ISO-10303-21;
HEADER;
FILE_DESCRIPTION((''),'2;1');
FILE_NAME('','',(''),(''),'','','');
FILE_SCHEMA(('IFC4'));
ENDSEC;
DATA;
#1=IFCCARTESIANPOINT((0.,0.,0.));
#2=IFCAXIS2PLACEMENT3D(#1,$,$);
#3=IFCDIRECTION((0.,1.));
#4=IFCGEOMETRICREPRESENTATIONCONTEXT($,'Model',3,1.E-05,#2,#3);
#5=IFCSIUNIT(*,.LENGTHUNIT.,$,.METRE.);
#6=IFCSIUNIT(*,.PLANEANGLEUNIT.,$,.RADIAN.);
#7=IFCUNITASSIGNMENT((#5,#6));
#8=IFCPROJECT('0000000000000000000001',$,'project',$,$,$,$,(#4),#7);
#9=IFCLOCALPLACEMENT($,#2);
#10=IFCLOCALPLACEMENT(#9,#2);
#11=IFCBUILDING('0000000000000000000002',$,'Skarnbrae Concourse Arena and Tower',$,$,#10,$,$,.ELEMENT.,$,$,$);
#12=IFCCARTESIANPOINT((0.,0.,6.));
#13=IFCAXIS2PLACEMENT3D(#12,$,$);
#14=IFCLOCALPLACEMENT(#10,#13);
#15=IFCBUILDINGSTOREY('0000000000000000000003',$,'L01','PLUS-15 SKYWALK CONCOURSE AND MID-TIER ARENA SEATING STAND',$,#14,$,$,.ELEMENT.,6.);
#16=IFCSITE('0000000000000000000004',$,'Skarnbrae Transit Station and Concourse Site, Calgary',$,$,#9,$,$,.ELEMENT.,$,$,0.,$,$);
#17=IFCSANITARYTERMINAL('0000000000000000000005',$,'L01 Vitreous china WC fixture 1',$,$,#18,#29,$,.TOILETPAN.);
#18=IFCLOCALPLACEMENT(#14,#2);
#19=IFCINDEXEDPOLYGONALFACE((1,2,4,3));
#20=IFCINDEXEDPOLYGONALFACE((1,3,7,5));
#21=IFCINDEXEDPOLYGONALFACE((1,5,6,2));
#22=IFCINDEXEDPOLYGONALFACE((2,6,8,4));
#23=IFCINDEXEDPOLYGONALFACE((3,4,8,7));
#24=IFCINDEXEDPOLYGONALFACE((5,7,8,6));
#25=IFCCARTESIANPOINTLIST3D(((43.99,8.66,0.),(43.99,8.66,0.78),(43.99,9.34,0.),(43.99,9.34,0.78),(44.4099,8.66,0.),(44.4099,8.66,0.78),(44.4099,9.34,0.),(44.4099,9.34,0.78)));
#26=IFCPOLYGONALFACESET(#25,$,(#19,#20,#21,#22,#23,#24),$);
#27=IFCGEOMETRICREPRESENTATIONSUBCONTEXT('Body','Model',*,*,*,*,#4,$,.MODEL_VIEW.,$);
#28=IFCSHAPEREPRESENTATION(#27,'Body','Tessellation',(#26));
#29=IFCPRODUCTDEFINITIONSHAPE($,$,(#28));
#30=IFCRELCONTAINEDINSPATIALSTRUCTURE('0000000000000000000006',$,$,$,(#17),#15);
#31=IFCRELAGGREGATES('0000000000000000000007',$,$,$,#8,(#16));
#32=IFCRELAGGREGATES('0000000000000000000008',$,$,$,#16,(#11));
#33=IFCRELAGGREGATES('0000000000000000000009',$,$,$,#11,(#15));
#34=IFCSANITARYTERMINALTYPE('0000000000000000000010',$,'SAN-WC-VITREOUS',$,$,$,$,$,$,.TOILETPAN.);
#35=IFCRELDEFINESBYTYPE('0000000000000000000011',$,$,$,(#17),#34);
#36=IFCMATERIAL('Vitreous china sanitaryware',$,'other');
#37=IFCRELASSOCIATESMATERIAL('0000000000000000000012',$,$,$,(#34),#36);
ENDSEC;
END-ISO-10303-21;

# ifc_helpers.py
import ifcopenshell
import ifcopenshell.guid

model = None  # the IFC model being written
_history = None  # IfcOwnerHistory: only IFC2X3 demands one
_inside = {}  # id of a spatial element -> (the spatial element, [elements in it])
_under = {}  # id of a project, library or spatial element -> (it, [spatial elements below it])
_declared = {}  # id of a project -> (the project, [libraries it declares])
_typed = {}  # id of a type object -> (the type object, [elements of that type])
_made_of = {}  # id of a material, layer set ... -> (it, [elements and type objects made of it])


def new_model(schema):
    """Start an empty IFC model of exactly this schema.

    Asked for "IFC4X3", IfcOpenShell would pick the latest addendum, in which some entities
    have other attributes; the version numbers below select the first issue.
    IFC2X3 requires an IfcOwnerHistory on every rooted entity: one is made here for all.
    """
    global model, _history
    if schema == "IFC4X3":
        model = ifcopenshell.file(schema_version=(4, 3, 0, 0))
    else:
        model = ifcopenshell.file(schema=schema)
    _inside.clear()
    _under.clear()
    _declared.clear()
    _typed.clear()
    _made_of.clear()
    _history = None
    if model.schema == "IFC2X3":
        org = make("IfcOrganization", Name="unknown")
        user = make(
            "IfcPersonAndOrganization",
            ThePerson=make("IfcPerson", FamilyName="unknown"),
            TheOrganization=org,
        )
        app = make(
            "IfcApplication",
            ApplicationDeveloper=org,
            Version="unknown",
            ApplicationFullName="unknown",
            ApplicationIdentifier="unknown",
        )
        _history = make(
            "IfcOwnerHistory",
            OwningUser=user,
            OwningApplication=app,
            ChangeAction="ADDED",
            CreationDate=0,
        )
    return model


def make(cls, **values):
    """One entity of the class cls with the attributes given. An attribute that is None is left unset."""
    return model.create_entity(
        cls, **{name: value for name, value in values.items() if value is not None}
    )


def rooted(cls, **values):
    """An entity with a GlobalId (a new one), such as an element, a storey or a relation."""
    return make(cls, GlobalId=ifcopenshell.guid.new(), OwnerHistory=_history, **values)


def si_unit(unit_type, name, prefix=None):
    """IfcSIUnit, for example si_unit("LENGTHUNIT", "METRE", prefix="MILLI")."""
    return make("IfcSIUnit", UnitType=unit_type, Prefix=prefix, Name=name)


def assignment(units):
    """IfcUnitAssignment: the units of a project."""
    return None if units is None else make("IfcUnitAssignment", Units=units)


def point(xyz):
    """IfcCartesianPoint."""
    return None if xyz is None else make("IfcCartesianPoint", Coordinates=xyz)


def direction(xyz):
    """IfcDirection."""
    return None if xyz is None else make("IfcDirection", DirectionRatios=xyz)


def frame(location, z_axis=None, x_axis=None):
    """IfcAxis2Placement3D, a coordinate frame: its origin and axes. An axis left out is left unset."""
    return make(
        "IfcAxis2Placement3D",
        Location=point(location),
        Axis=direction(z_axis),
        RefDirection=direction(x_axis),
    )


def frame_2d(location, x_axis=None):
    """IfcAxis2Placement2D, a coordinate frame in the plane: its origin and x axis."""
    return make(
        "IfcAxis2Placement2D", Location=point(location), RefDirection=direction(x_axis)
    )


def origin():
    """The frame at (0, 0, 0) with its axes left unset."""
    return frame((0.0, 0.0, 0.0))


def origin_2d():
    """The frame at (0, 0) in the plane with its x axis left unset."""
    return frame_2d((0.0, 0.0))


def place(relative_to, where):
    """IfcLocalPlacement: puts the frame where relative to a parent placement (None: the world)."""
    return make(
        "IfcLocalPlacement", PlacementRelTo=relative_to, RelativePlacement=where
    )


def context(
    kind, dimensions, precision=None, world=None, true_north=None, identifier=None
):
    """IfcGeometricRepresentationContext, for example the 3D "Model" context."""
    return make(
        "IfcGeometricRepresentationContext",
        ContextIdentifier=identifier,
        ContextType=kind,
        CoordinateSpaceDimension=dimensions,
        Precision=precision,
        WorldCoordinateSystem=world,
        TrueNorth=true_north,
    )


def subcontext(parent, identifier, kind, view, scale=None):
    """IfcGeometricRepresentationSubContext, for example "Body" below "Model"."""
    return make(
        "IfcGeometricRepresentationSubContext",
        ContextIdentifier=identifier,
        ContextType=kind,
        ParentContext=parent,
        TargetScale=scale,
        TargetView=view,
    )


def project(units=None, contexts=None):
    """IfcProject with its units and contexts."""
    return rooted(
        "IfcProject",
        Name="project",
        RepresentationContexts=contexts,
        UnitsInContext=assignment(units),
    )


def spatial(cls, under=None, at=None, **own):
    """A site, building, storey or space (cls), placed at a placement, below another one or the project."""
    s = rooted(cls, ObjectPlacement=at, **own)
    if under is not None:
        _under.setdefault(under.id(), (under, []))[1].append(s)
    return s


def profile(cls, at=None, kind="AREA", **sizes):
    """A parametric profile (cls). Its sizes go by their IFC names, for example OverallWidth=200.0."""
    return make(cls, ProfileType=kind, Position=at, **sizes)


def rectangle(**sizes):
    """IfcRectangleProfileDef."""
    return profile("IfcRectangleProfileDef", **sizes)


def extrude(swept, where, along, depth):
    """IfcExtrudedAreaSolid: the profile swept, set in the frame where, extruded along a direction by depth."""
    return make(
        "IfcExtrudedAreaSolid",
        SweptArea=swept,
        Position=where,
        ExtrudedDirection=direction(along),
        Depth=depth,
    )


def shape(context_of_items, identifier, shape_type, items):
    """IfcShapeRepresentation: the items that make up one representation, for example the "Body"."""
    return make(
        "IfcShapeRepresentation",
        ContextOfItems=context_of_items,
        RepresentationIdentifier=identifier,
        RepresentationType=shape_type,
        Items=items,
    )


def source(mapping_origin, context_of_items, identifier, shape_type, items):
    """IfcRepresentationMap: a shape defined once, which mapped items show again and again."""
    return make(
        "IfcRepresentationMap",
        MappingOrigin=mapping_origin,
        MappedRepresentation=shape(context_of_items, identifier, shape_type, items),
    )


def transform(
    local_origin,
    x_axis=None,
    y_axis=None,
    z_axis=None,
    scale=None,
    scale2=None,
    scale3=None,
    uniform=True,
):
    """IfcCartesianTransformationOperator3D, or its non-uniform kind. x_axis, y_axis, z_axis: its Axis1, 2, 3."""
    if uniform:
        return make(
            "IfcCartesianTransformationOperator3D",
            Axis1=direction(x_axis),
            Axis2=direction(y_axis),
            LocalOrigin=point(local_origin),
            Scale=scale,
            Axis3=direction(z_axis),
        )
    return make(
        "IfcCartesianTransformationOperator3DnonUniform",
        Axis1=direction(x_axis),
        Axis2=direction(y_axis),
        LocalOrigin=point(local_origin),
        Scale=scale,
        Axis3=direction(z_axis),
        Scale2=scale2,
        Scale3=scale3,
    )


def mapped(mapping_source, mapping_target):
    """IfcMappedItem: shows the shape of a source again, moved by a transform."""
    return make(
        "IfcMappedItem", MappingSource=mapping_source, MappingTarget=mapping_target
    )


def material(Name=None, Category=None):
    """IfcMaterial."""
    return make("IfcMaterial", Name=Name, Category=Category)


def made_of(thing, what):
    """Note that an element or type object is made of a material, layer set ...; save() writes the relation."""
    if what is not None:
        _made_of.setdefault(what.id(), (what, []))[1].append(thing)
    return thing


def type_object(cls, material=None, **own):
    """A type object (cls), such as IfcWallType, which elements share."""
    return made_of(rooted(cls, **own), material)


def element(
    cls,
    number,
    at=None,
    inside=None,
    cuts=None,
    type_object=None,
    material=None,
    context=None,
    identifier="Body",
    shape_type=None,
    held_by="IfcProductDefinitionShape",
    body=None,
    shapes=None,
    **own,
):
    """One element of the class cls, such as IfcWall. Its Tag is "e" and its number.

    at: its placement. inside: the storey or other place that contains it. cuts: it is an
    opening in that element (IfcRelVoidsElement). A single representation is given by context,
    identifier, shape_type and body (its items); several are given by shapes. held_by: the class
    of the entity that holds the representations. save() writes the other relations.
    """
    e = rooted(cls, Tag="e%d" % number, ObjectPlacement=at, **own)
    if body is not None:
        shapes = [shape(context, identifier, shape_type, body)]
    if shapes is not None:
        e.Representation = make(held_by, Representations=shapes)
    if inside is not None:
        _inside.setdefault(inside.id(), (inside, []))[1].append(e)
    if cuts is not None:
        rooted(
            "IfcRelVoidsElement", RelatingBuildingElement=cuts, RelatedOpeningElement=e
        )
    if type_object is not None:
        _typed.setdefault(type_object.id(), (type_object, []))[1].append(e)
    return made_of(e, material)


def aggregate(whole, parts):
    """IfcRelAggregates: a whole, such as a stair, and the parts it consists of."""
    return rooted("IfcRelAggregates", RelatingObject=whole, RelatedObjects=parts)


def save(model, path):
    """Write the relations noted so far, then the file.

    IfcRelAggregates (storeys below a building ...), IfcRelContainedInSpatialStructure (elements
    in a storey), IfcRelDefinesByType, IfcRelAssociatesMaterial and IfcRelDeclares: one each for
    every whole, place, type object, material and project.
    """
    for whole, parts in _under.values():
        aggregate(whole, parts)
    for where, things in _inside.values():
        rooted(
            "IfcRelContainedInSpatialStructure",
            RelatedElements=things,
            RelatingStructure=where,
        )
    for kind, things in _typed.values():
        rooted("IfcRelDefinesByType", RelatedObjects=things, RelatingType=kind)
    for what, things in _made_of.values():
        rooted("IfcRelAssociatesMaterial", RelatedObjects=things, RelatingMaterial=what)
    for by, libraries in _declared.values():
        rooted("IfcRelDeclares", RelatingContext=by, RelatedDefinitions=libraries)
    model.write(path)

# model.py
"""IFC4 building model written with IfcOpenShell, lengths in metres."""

from ifc_helpers import new_model, si_unit, direction, frame, origin, origin_2d, place, context, subcontext, project, spatial, rectangle, extrude, source, transform, mapped, material, type_object, element, save


model = new_model("IFC4")

# Units and contexts
model_context = context("Model", 3, precision=1e-05, world=origin(), true_north=direction((0.0, 1.0)))
body_context = subcontext(model_context, "Body", "Model", "MODEL_VIEW")
ifc_project = project(units=[si_unit("LENGTHUNIT", "METRE"), si_unit("PLANEANGLEUNIT", "RADIAN")], contexts=[model_context])

# Site, building, storey
site_placement = place(None, origin())
site = spatial("IfcSite", under=ifc_project, at=site_placement, Name="Skarnbrae Transit Station and Concourse Site, Calgary", CompositionType="ELEMENT", RefElevation=0.0)
building_placement = place(site_placement, origin())
building = spatial("IfcBuilding", under=site, at=building_placement, Name="Skarnbrae Concourse Arena and Tower", CompositionType="ELEMENT")
storey_placement = place(building_placement, frame((0.0, 0.0, 6.0)))
storey = spatial("IfcBuildingStorey", under=building, at=storey_placement, Name="L01", Description="PLUS-15 SKYWALK CONCOURSE AND MID-TIER ARENA SEATING STAND", CompositionType="ELEMENT", Elevation=6.0)

# Sanitary terminal
ifc_material_1 = material(Name="Vitreous china sanitaryware", Category="other")
sanitary_terminal_type = type_object("IfcSanitaryTerminalType", Name="SAN-WC-VITREOUS", PredefinedType="TOILETPAN", material=ifc_material_1)
shared_shape_1 = source(origin(), body_context, "Body", "SweptSolid", [
    extrude(rectangle(XDim=0.4199, YDim=0.6799, at=origin_2d()), origin(), (0.0, 0.0, 1.0), 0.78),
])
sanitary_terminal_placement = place(storey_placement, frame((44.2, 9.0, 0.0), z_axis=(0.0, 0.0, 1.0), x_axis=(1.0, 0.0, 0.0)))
element("IfcSanitaryTerminal", 1, at=sanitary_terminal_placement, inside=storey, type_object=sanitary_terminal_type, Name="L01 Vitreous china WC fixture 1", PredefinedType="TOILETPAN", context=body_context, shape_type="MappedRepresentation", body=[
    mapped(shared_shape_1, transform((0.0, 0.0, 0.0))),
])

save(model, "model.ifc")
